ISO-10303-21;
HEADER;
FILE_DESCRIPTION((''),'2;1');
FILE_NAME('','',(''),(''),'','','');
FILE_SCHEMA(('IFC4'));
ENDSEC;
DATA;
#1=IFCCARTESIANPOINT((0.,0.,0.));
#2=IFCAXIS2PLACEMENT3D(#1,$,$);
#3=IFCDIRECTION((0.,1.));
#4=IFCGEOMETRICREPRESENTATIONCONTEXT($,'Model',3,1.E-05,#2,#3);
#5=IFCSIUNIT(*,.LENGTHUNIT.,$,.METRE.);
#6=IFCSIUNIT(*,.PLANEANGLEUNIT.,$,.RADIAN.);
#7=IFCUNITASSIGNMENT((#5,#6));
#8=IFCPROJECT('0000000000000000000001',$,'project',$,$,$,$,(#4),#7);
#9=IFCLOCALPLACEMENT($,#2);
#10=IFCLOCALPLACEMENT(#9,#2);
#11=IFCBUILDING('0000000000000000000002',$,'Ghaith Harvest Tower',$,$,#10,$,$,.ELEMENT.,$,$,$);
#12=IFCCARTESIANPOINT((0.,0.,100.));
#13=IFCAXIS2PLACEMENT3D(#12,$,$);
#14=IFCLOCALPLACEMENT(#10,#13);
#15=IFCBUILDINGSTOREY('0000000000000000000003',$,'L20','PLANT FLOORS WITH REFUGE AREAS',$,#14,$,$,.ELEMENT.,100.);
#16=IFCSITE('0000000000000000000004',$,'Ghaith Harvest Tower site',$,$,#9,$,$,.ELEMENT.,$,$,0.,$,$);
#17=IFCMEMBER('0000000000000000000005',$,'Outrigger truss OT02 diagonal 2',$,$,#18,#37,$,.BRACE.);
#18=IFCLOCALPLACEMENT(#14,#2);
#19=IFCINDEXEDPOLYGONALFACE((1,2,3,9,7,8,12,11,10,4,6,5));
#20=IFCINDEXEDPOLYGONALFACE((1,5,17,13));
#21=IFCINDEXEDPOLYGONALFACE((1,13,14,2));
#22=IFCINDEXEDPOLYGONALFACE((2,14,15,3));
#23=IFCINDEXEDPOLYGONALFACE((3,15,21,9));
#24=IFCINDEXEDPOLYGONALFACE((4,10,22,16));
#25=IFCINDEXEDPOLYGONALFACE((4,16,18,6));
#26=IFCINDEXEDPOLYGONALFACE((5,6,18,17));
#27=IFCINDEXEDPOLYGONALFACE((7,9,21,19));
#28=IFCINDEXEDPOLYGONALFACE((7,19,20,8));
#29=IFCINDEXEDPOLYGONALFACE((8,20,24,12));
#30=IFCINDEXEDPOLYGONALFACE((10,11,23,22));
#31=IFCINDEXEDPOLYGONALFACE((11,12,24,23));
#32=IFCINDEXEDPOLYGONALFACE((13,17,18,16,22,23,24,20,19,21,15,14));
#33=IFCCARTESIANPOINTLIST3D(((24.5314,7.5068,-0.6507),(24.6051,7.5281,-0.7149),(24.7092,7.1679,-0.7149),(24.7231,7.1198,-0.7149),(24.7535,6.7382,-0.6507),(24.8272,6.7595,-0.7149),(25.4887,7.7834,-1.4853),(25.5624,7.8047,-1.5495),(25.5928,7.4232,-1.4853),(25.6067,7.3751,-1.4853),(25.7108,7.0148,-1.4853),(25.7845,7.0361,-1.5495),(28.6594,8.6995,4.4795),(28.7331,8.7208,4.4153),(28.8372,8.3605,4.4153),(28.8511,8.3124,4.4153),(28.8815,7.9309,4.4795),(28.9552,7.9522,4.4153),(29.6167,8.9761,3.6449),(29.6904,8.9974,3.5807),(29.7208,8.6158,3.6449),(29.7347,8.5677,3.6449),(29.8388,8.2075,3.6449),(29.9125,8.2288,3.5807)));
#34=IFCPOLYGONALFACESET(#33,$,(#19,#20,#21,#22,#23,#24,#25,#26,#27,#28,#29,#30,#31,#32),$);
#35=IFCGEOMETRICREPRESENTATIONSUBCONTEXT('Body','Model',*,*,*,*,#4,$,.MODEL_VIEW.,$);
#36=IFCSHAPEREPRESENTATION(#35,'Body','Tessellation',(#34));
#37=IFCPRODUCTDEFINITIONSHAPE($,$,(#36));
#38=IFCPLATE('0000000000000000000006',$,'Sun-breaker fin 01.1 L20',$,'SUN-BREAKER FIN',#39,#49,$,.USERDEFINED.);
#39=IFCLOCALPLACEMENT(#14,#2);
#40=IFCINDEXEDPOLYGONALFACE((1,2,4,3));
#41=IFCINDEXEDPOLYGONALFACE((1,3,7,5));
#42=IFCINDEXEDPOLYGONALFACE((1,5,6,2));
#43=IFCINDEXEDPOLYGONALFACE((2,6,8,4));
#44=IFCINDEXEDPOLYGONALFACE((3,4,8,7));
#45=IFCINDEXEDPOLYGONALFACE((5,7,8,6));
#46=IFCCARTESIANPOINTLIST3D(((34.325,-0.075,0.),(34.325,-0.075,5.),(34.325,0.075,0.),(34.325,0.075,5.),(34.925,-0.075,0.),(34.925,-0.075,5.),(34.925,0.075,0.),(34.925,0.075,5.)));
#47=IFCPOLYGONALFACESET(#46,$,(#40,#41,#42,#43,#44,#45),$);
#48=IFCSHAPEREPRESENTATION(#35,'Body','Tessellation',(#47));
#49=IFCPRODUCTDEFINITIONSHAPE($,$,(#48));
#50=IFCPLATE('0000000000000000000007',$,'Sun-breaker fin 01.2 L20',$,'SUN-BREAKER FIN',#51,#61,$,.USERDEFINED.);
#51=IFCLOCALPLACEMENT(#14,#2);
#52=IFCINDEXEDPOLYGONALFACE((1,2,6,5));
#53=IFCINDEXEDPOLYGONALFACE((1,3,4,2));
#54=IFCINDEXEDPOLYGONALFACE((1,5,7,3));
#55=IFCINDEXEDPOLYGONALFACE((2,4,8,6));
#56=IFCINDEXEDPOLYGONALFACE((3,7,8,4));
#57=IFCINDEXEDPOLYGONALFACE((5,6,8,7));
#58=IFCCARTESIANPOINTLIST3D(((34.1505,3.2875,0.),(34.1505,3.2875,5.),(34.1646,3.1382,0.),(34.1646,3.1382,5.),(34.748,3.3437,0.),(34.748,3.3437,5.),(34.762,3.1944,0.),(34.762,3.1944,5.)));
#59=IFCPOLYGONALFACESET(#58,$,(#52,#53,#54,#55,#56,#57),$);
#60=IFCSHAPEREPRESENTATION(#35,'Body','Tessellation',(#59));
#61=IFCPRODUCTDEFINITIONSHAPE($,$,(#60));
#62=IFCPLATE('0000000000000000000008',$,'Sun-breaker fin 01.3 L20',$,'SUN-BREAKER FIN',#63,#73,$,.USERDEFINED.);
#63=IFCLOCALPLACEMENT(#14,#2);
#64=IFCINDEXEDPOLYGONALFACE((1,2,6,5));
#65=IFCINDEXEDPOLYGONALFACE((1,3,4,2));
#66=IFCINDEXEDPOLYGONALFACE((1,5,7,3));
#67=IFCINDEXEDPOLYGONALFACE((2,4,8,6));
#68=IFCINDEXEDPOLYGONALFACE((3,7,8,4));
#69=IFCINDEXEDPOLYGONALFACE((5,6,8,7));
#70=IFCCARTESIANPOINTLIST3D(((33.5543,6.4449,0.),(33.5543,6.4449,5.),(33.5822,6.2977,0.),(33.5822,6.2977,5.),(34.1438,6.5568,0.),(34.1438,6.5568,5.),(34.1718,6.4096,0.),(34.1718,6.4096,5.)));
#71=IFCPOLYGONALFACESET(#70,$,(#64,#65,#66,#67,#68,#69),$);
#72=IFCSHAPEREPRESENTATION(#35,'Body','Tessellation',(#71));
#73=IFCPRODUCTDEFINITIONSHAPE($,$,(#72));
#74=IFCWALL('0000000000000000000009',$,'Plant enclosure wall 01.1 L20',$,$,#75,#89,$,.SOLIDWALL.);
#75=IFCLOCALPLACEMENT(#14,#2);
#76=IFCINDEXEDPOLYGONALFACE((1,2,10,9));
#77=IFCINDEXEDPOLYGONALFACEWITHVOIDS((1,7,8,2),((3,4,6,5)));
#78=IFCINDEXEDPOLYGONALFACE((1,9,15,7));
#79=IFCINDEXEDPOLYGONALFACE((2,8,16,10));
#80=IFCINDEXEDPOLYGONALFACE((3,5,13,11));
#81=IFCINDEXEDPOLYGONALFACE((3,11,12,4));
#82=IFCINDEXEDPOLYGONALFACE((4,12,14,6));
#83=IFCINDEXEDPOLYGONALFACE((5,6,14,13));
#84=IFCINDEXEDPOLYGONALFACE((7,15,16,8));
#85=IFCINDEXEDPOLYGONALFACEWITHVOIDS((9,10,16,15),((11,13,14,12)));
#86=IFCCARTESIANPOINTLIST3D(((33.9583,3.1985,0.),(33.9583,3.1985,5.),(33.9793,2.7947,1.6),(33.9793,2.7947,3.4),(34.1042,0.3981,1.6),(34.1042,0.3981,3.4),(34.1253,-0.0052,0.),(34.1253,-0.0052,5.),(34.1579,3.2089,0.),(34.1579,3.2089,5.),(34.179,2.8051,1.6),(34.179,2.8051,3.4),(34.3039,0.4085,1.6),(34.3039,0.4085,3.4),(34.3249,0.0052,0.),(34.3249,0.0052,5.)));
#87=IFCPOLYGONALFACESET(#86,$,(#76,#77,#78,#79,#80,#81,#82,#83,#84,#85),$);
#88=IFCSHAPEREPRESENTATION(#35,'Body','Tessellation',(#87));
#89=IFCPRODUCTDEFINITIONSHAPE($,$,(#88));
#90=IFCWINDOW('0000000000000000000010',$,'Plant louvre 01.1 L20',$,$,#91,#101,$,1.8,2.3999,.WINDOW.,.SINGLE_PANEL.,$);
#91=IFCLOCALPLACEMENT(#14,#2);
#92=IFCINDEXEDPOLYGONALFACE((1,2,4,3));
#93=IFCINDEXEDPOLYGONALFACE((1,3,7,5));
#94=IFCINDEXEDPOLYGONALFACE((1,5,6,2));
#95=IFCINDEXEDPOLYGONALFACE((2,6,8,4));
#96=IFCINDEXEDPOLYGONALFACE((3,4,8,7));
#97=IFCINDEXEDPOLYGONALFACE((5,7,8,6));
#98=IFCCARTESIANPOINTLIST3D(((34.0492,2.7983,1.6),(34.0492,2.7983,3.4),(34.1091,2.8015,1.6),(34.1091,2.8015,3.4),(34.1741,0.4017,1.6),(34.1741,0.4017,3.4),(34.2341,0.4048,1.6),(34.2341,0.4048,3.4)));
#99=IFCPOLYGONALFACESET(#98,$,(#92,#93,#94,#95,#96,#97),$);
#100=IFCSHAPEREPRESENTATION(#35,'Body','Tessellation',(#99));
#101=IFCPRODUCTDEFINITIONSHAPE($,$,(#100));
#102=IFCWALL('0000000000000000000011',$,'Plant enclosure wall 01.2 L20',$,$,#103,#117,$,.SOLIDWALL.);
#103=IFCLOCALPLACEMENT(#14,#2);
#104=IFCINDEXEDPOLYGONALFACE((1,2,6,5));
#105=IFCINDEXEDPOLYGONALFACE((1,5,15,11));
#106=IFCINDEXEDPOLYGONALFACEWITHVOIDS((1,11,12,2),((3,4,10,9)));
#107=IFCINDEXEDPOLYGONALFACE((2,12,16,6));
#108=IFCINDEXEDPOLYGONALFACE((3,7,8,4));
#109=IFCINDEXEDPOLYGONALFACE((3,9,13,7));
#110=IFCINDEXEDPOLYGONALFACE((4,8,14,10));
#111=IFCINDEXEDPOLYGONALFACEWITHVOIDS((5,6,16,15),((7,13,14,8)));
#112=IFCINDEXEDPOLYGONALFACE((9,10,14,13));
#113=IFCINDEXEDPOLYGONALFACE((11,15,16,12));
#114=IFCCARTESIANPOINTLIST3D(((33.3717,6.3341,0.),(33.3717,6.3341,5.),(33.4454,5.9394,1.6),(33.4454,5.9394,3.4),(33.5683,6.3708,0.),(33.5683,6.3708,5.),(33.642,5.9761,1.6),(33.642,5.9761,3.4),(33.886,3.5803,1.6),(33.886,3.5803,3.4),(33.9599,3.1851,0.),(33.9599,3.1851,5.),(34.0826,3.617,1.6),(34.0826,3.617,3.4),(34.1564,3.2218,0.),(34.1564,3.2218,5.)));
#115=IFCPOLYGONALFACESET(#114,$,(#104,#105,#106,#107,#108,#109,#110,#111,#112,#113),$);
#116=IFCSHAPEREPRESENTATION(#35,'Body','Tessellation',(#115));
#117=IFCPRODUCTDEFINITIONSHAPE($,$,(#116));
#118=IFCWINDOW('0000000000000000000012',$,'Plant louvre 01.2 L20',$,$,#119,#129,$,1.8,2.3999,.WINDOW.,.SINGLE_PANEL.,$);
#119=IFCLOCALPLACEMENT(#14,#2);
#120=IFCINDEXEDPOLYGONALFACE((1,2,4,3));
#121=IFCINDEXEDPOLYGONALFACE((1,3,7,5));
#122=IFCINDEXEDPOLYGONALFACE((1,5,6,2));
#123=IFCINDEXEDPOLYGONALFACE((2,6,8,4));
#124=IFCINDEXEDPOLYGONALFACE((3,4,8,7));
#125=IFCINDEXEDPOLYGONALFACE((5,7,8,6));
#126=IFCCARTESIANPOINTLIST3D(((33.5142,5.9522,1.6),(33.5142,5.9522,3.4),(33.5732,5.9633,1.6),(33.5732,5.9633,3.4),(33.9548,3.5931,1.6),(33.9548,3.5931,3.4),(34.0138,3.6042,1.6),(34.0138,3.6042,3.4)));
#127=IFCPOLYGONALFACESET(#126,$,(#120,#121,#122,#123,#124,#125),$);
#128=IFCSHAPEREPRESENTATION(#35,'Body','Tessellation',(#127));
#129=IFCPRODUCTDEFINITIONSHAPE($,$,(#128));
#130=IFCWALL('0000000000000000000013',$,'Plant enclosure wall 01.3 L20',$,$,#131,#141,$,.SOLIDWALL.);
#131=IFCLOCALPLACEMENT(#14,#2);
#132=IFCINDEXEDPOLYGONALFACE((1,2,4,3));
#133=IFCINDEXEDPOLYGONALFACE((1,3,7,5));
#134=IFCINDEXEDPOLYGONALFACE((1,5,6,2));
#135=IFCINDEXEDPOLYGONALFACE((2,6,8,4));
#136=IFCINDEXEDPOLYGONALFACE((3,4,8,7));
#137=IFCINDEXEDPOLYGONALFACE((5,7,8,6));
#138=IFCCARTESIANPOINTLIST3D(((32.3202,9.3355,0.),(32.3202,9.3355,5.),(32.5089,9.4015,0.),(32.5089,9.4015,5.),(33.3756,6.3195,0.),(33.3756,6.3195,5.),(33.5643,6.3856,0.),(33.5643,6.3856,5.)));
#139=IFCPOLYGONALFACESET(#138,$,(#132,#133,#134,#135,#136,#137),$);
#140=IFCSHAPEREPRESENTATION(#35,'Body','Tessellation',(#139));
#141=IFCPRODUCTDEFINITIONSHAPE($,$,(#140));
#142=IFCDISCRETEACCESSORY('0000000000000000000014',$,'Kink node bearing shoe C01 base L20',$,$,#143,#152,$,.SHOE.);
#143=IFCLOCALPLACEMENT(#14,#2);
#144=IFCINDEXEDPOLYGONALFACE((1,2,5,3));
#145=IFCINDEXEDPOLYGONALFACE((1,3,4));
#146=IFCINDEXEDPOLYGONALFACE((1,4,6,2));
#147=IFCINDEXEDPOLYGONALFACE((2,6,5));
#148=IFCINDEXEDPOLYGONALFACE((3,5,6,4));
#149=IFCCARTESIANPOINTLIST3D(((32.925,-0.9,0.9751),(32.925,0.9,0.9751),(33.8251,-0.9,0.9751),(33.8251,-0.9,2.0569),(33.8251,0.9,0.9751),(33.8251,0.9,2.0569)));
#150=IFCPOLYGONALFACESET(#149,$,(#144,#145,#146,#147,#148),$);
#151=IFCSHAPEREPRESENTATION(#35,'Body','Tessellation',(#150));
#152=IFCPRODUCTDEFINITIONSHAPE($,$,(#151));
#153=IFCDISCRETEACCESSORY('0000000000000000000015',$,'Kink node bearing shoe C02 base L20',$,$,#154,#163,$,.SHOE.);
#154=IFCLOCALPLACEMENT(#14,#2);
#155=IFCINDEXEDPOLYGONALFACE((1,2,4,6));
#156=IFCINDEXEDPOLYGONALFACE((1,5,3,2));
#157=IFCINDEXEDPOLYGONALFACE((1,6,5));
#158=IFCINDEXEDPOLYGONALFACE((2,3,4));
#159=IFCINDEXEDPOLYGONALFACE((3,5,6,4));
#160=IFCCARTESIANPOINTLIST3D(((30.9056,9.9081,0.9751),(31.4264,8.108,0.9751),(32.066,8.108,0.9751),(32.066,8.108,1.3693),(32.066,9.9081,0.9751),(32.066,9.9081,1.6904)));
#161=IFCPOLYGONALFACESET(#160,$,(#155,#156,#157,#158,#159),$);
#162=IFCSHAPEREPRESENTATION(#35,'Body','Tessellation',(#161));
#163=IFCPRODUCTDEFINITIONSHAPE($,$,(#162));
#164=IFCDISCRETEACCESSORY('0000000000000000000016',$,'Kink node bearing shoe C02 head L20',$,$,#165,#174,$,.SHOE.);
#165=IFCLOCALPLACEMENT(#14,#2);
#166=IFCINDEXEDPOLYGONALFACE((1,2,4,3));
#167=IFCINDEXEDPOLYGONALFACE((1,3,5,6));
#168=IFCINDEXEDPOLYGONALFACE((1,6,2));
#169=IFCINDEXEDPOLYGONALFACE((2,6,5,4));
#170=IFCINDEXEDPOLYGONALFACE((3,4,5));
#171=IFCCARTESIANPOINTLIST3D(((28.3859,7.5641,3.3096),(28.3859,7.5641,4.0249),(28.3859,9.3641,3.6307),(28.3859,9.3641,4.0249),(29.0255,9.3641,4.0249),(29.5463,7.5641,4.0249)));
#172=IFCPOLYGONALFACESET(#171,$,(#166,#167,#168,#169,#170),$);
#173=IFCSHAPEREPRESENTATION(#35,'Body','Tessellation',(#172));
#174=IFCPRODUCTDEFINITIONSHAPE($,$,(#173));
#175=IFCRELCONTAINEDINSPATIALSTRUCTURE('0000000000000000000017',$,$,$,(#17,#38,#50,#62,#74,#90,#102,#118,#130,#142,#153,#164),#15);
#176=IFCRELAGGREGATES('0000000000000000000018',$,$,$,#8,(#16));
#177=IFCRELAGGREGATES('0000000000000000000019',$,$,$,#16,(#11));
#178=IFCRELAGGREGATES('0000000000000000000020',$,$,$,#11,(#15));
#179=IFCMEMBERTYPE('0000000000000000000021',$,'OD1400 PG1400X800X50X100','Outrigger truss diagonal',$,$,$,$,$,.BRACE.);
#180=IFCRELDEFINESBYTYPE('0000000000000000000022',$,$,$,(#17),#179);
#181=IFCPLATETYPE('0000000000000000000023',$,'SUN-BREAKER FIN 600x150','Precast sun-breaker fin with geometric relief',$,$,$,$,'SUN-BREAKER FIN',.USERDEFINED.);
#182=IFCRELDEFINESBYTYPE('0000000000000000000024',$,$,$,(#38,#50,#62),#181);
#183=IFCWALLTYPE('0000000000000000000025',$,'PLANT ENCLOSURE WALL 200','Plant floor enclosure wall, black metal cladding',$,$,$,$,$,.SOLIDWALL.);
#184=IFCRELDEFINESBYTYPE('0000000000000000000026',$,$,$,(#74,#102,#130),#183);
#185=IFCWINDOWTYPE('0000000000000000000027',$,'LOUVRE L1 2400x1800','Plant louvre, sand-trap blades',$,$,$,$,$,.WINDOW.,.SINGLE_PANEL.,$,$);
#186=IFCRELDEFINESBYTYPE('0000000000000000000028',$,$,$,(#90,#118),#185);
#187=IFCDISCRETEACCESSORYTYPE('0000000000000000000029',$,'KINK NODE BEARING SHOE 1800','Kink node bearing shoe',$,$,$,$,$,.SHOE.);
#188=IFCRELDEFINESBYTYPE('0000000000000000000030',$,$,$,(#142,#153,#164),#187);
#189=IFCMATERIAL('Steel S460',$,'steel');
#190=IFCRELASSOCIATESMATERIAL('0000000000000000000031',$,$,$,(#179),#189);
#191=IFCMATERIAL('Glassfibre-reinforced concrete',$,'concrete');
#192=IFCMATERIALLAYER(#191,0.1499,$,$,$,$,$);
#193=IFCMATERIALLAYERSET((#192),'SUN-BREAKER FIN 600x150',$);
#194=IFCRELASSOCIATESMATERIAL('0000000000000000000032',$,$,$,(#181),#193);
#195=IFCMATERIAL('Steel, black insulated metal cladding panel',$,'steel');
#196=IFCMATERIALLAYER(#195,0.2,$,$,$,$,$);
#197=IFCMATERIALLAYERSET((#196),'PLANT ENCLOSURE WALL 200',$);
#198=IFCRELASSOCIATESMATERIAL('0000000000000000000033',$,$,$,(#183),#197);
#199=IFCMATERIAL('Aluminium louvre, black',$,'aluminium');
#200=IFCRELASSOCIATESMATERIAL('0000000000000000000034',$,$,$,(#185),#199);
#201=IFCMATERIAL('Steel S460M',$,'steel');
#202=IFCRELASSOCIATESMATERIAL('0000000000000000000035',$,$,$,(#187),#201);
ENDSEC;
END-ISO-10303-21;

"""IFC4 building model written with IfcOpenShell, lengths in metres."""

from ifc_helpers import new_model, si_unit, direction, frame, frame_2d, origin, origin_2d, place, context, subcontext, project, spatial, rectangle, i_section, extrude, clip, halfspace, material, layer, layer_set, material_profile, profile_set, type_object, element, fill, save


model = new_model("IFC4")

# Units and contexts
model_context = context("Model", 3, precision=1e-05, world=origin(), true_north=direction((0.0, 1.0)))
body_context = subcontext(model_context, "Body", "Model", "MODEL_VIEW")
ifc_project = project(units=[si_unit("LENGTHUNIT", "METRE"), si_unit("PLANEANGLEUNIT", "RADIAN")], contexts=[model_context])

# Site, building, storey
site_placement = place(None, origin())
site = spatial("IfcSite", under=ifc_project, at=site_placement, Name="Ghaith Harvest Tower site", CompositionType="ELEMENT", RefElevation=0.0)
building_placement = place(site_placement, origin())
building = spatial("IfcBuilding", under=site, at=building_placement, Name="Ghaith Harvest Tower", CompositionType="ELEMENT")
storey_placement = place(building_placement, frame((0.0, 0.0, 100.0)))
storey = spatial("IfcBuildingStorey", under=building, at=storey_placement, Name="L20", Description="PLANT FLOORS WITH REFUGE AREAS", CompositionType="ELEMENT", Elevation=100.0)

# Member
ifc_material_1 = material(Name="Steel S460", Category="steel")
ifc_material_profile_1 = material_profile(ifc_material_1, i_section(OverallWidth=0.8, OverallDepth=1.3999, WebThickness=0.05, FlangeThickness=0.1001, at=origin_2d()), Name="PG1400X800X50X100")
ifc_profile_set_1 = profile_set([ifc_material_profile_1], Name="Steel S460")
member_type_1 = type_object("IfcMemberType", Name="OD1400 PG1400X800X50X100", Description="Outrigger truss diagonal", PredefinedType="BRACE", material=ifc_profile_set_1)
member_1_placement = place(storey_placement, frame((25.158, 7.2715, -1.1001), z_axis=(0.616863, 0.178222, 0.766627), x_axis=(-0.277564, 0.960707, 0.0)))
element("IfcMember", 1, at=member_1_placement, inside=storey, type_object=member_type_1, Name="Outrigger truss OT02 diagonal 2", PredefinedType="BRACE", context=body_context, shape_type="SweptSolid", body=[
    extrude(i_section(OverallWidth=0.8, OverallDepth=1.3999, WebThickness=0.05, FlangeThickness=0.1001, at=origin_2d()), origin(), (0.0, 0.0, 1.0), 6.6919),
])

# Plates
ifc_material_2 = material(Name="Glassfibre-reinforced concrete", Category="concrete")
ifc_layer_1 = layer(ifc_material_2, 0.1499)
ifc_layer_set_1 = layer_set([ifc_layer_1], Name="SUN-BREAKER FIN 600x150")
plate_type = type_object("IfcPlateType", Name="SUN-BREAKER FIN 600x150", Description="Precast sun-breaker fin with geometric relief", ElementType="SUN-BREAKER FIN", PredefinedType="USERDEFINED", material=ifc_layer_set_1)
for number, where, z_axis, x_axis, name in (
    (2, (34.625, 0.0, 0.0), (0.0, 0.0, 1.0), (1.0, 0.0, 0.0), "Sun-breaker fin 01.1 L20"),
    (3, (34.4563, 3.241, 0.0), (0.0, 0.0, 1.0), (0.995605, 0.093647, 0.0), "Sun-breaker fin 01.2 L20"),
    (4, (33.863, 6.4272, 0.0), (0.0, 0.0, 1.0), (0.98246, 0.186471, 0.0), "Sun-breaker fin 01.3 L20"),
):
    element("IfcPlate", number, at=place(storey_placement, frame(where, z_axis=z_axis, x_axis=x_axis)), inside=storey, type_object=plate_type, Name=name, ObjectType="SUN-BREAKER FIN", PredefinedType="USERDEFINED", context=body_context, shape_type="SweptSolid", body=[
        extrude(rectangle(XDim=0.6001, YDim=0.1499, at=origin_2d()), origin(), (0.0, 0.0, 1.0), 5.0),
    ])

# Walls, openings, windows
ifc_material_3 = material(Name="Steel, black insulated metal cladding panel", Category="steel")
ifc_layer_2 = layer(ifc_material_3, 0.2)
ifc_layer_set_2 = layer_set([ifc_layer_2], Name="PLANT ENCLOSURE WALL 200")
wall_type = type_object("IfcWallType", Name="PLANT ENCLOSURE WALL 200", Description="Plant floor enclosure wall, black metal cladding", PredefinedType="SOLIDWALL", material=ifc_layer_set_2)
wall_1_placement = place(storey_placement, frame((34.2251, 0.0, 0.0), z_axis=(0.0, 0.0, 1.0), x_axis=(-0.052056, 0.998644, 0.0)))
wall_1 = element("IfcWall", 5, at=wall_1_placement, inside=storey, type_object=wall_type, Name="Plant enclosure wall 01.1 L20", PredefinedType="SOLIDWALL", context=body_context, shape_type="SweptSolid", body=[
    extrude(rectangle(XDim=3.208, YDim=0.2, at=frame_2d((1.604, 0.0))), origin(), (0.0, 0.0, 1.0), 5.0),
])
opening_1_placement = place(wall_1_placement, frame((0.4038, 0.0, 1.6001)))
opening_1 = element("IfcOpeningElement", 6, at=opening_1_placement, cuts=wall_1, PredefinedType="OPENING", context=body_context, shape_type="SweptSolid", body=[
    extrude(rectangle(XDim=2.3999, YDim=1.8, at=frame_2d((1.2, 0.8999))), frame((0.0, 0.1099, 0.0), z_axis=(0.0, -1.0, 0.0), x_axis=(1.0, 0.0, 0.0)), (0.0, 0.0, 1.0), 0.22),
])
ifc_material_4 = material(Name="Aluminium louvre, black", Category="aluminium")
window_type = type_object("IfcWindowType", Name="LOUVRE L1 2400x1800", Description="Plant louvre, sand-trap blades", PartitioningType="SINGLE_PANEL", PredefinedType="WINDOW", material=ifc_material_4)
window_1_placement = place(opening_1_placement, origin())
window_1 = element("IfcWindow", 7, at=window_1_placement, inside=storey, type_object=window_type, Name="Plant louvre 01.1 L20", OverallHeight=1.8, OverallWidth=2.3999, PartitioningType="SINGLE_PANEL", PredefinedType="WINDOW", context=body_context, shape_type="SweptSolid", body=[
    extrude(rectangle(XDim=2.3999, YDim=1.8, at=frame_2d((1.2, 0.8999))), frame((0.0, 0.03, 0.0), z_axis=(0.0, -1.0, 0.0), x_axis=(1.0, 0.0, 0.0)), (0.0, 0.0, 1.0), 0.0601),
])
fill(opening_1, window_1)
wall_2_placement = place(storey_placement, frame((34.0581, 3.2036, 0.0), z_axis=(0.0, 0.0, 1.0), x_axis=(-0.183598, 0.983001, 0.0)))
wall_2 = element("IfcWall", 8, at=wall_2_placement, inside=storey, type_object=wall_type, Name="Plant enclosure wall 01.2 L20", PredefinedType="SOLIDWALL", context=body_context, shape_type="SweptSolid", body=[
    extrude(rectangle(XDim=3.2034, YDim=0.2, at=frame_2d((1.6016, 0.0))), origin(), (0.0, 0.0, 1.0), 5.0),
])
opening_2_placement = place(wall_2_placement, frame((0.4019, 0.0, 1.6001)))
opening_2 = element("IfcOpeningElement", 9, at=opening_2_placement, cuts=wall_2, PredefinedType="OPENING", context=body_context, shape_type="SweptSolid", body=[
    extrude(rectangle(XDim=2.3999, YDim=1.8, at=frame_2d((1.2, 0.8999))), frame((0.0, 0.1099, 0.0), z_axis=(0.0, -1.0, 0.0), x_axis=(1.0, 0.0, 0.0)), (0.0, 0.0, 1.0), 0.22),
])
window_2_placement = place(opening_2_placement, origin())
window_2 = element("IfcWindow", 10, at=window_2_placement, inside=storey, type_object=window_type, Name="Plant louvre 01.2 L20", OverallHeight=1.8, OverallWidth=2.3999, PartitioningType="SINGLE_PANEL", PredefinedType="WINDOW", context=body_context, shape_type="SweptSolid", body=[
    extrude(rectangle(XDim=2.3999, YDim=1.8, at=frame_2d((1.2, 0.8999))), frame((0.0, 0.03, 0.0), z_axis=(0.0, -1.0, 0.0), x_axis=(1.0, 0.0, 0.0)), (0.0, 0.0, 1.0), 0.0601),
])
fill(opening_2, window_2)

# Wall
wall_3_placement = place(storey_placement, frame((33.47, 6.3525, 0.0), z_axis=(0.0, 0.0, 1.0), x_axis=(-0.330313, 0.943871, 0.0)))
element("IfcWall", 11, at=wall_3_placement, inside=storey, type_object=wall_type, Name="Plant enclosure wall 01.3 L20", PredefinedType="SOLIDWALL", context=body_context, shape_type="SweptSolid", body=[
    extrude(rectangle(XDim=3.1953, YDim=0.2, at=frame_2d((1.5977, 0.0))), origin(), (0.0, 0.0, 1.0), 5.0),
])

# Discrete accessories
ifc_material_5 = material(Name="Steel S460M", Category="steel")
ifc_material_profile_2 = material_profile(ifc_material_5, rectangle(XDim=1.8, YDim=1.8, at=origin_2d()), Name="KINK NODE BEARING SHOE 1800")
ifc_profile_set_2 = profile_set([ifc_material_profile_2], Name="Steel S460M")
discrete_accessory_type = type_object("IfcDiscreteAccessoryType", Name="KINK NODE BEARING SHOE 1800", Description="Kink node bearing shoe", PredefinedType="SHOE", material=ifc_profile_set_2)
discrete_accessory_1_placement = place(storey_placement, frame((32.925, 0.0, 0.9751), z_axis=(0.0, 0.0, 1.0), x_axis=(1.0, 0.0, 0.0)))
element("IfcDiscreteAccessory", 12, at=discrete_accessory_1_placement, inside=storey, type_object=discrete_accessory_type, Name="Kink node bearing shoe C01 base L20", PredefinedType="SHOE", context=body_context, shape_type="Clipping", body=[
    clip(extrude(rectangle(XDim=1.8, YDim=1.8, at=origin_2d()), origin(), (0.0, 0.0, 1.0), 1.0918), halfspace(frame((0.0, 0.0, 0.0), z_axis=(-0.768737, 0.0, 0.639565), x_axis=(1.0, 0.0, 0.0)), False)),
])
discrete_accessory_2_placement = place(storey_placement, frame((31.166, 9.0081, 0.9751), z_axis=(0.0, 0.0, 1.0), x_axis=(1.0, 0.0, 0.0)))
element("IfcDiscreteAccessory", 13, at=discrete_accessory_2_placement, inside=storey, type_object=discrete_accessory_type, Name="Kink node bearing shoe C02 base L20", PredefinedType="SHOE", context=body_context, shape_type="Clipping", body=[
    clip(extrude(rectangle(XDim=1.8, YDim=1.8, at=origin_2d()), origin(), (0.0, 0.0, 1.0), 0.7251), halfspace(frame((0.0, 0.0, 0.0), z_axis=(-0.518774, -0.150113, 0.841629), x_axis=(1.0, 0.0, 0.0)), False)),
])
discrete_accessory_3_placement = place(storey_placement, frame((29.2859, 8.4641, 3.2998), z_axis=(0.0, 0.0, 1.0), x_axis=(1.0, 0.0, 0.0)))
element("IfcDiscreteAccessory", 14, at=discrete_accessory_3_placement, inside=storey, type_object=discrete_accessory_type, Name="Kink node bearing shoe C02 head L20", PredefinedType="SHOE", context=body_context, shape_type="Clipping", body=[
    clip(extrude(rectangle(XDim=1.8, YDim=1.8, at=origin_2d()), origin(), (0.0, 0.0, 1.0), 0.7251), halfspace(frame((0.0, 0.0, 0.7251), z_axis=(0.518774, 0.150113, -0.841629), x_axis=(1.0, 0.0, 0.0)), False)),
])

save(model, "model.ifc")
